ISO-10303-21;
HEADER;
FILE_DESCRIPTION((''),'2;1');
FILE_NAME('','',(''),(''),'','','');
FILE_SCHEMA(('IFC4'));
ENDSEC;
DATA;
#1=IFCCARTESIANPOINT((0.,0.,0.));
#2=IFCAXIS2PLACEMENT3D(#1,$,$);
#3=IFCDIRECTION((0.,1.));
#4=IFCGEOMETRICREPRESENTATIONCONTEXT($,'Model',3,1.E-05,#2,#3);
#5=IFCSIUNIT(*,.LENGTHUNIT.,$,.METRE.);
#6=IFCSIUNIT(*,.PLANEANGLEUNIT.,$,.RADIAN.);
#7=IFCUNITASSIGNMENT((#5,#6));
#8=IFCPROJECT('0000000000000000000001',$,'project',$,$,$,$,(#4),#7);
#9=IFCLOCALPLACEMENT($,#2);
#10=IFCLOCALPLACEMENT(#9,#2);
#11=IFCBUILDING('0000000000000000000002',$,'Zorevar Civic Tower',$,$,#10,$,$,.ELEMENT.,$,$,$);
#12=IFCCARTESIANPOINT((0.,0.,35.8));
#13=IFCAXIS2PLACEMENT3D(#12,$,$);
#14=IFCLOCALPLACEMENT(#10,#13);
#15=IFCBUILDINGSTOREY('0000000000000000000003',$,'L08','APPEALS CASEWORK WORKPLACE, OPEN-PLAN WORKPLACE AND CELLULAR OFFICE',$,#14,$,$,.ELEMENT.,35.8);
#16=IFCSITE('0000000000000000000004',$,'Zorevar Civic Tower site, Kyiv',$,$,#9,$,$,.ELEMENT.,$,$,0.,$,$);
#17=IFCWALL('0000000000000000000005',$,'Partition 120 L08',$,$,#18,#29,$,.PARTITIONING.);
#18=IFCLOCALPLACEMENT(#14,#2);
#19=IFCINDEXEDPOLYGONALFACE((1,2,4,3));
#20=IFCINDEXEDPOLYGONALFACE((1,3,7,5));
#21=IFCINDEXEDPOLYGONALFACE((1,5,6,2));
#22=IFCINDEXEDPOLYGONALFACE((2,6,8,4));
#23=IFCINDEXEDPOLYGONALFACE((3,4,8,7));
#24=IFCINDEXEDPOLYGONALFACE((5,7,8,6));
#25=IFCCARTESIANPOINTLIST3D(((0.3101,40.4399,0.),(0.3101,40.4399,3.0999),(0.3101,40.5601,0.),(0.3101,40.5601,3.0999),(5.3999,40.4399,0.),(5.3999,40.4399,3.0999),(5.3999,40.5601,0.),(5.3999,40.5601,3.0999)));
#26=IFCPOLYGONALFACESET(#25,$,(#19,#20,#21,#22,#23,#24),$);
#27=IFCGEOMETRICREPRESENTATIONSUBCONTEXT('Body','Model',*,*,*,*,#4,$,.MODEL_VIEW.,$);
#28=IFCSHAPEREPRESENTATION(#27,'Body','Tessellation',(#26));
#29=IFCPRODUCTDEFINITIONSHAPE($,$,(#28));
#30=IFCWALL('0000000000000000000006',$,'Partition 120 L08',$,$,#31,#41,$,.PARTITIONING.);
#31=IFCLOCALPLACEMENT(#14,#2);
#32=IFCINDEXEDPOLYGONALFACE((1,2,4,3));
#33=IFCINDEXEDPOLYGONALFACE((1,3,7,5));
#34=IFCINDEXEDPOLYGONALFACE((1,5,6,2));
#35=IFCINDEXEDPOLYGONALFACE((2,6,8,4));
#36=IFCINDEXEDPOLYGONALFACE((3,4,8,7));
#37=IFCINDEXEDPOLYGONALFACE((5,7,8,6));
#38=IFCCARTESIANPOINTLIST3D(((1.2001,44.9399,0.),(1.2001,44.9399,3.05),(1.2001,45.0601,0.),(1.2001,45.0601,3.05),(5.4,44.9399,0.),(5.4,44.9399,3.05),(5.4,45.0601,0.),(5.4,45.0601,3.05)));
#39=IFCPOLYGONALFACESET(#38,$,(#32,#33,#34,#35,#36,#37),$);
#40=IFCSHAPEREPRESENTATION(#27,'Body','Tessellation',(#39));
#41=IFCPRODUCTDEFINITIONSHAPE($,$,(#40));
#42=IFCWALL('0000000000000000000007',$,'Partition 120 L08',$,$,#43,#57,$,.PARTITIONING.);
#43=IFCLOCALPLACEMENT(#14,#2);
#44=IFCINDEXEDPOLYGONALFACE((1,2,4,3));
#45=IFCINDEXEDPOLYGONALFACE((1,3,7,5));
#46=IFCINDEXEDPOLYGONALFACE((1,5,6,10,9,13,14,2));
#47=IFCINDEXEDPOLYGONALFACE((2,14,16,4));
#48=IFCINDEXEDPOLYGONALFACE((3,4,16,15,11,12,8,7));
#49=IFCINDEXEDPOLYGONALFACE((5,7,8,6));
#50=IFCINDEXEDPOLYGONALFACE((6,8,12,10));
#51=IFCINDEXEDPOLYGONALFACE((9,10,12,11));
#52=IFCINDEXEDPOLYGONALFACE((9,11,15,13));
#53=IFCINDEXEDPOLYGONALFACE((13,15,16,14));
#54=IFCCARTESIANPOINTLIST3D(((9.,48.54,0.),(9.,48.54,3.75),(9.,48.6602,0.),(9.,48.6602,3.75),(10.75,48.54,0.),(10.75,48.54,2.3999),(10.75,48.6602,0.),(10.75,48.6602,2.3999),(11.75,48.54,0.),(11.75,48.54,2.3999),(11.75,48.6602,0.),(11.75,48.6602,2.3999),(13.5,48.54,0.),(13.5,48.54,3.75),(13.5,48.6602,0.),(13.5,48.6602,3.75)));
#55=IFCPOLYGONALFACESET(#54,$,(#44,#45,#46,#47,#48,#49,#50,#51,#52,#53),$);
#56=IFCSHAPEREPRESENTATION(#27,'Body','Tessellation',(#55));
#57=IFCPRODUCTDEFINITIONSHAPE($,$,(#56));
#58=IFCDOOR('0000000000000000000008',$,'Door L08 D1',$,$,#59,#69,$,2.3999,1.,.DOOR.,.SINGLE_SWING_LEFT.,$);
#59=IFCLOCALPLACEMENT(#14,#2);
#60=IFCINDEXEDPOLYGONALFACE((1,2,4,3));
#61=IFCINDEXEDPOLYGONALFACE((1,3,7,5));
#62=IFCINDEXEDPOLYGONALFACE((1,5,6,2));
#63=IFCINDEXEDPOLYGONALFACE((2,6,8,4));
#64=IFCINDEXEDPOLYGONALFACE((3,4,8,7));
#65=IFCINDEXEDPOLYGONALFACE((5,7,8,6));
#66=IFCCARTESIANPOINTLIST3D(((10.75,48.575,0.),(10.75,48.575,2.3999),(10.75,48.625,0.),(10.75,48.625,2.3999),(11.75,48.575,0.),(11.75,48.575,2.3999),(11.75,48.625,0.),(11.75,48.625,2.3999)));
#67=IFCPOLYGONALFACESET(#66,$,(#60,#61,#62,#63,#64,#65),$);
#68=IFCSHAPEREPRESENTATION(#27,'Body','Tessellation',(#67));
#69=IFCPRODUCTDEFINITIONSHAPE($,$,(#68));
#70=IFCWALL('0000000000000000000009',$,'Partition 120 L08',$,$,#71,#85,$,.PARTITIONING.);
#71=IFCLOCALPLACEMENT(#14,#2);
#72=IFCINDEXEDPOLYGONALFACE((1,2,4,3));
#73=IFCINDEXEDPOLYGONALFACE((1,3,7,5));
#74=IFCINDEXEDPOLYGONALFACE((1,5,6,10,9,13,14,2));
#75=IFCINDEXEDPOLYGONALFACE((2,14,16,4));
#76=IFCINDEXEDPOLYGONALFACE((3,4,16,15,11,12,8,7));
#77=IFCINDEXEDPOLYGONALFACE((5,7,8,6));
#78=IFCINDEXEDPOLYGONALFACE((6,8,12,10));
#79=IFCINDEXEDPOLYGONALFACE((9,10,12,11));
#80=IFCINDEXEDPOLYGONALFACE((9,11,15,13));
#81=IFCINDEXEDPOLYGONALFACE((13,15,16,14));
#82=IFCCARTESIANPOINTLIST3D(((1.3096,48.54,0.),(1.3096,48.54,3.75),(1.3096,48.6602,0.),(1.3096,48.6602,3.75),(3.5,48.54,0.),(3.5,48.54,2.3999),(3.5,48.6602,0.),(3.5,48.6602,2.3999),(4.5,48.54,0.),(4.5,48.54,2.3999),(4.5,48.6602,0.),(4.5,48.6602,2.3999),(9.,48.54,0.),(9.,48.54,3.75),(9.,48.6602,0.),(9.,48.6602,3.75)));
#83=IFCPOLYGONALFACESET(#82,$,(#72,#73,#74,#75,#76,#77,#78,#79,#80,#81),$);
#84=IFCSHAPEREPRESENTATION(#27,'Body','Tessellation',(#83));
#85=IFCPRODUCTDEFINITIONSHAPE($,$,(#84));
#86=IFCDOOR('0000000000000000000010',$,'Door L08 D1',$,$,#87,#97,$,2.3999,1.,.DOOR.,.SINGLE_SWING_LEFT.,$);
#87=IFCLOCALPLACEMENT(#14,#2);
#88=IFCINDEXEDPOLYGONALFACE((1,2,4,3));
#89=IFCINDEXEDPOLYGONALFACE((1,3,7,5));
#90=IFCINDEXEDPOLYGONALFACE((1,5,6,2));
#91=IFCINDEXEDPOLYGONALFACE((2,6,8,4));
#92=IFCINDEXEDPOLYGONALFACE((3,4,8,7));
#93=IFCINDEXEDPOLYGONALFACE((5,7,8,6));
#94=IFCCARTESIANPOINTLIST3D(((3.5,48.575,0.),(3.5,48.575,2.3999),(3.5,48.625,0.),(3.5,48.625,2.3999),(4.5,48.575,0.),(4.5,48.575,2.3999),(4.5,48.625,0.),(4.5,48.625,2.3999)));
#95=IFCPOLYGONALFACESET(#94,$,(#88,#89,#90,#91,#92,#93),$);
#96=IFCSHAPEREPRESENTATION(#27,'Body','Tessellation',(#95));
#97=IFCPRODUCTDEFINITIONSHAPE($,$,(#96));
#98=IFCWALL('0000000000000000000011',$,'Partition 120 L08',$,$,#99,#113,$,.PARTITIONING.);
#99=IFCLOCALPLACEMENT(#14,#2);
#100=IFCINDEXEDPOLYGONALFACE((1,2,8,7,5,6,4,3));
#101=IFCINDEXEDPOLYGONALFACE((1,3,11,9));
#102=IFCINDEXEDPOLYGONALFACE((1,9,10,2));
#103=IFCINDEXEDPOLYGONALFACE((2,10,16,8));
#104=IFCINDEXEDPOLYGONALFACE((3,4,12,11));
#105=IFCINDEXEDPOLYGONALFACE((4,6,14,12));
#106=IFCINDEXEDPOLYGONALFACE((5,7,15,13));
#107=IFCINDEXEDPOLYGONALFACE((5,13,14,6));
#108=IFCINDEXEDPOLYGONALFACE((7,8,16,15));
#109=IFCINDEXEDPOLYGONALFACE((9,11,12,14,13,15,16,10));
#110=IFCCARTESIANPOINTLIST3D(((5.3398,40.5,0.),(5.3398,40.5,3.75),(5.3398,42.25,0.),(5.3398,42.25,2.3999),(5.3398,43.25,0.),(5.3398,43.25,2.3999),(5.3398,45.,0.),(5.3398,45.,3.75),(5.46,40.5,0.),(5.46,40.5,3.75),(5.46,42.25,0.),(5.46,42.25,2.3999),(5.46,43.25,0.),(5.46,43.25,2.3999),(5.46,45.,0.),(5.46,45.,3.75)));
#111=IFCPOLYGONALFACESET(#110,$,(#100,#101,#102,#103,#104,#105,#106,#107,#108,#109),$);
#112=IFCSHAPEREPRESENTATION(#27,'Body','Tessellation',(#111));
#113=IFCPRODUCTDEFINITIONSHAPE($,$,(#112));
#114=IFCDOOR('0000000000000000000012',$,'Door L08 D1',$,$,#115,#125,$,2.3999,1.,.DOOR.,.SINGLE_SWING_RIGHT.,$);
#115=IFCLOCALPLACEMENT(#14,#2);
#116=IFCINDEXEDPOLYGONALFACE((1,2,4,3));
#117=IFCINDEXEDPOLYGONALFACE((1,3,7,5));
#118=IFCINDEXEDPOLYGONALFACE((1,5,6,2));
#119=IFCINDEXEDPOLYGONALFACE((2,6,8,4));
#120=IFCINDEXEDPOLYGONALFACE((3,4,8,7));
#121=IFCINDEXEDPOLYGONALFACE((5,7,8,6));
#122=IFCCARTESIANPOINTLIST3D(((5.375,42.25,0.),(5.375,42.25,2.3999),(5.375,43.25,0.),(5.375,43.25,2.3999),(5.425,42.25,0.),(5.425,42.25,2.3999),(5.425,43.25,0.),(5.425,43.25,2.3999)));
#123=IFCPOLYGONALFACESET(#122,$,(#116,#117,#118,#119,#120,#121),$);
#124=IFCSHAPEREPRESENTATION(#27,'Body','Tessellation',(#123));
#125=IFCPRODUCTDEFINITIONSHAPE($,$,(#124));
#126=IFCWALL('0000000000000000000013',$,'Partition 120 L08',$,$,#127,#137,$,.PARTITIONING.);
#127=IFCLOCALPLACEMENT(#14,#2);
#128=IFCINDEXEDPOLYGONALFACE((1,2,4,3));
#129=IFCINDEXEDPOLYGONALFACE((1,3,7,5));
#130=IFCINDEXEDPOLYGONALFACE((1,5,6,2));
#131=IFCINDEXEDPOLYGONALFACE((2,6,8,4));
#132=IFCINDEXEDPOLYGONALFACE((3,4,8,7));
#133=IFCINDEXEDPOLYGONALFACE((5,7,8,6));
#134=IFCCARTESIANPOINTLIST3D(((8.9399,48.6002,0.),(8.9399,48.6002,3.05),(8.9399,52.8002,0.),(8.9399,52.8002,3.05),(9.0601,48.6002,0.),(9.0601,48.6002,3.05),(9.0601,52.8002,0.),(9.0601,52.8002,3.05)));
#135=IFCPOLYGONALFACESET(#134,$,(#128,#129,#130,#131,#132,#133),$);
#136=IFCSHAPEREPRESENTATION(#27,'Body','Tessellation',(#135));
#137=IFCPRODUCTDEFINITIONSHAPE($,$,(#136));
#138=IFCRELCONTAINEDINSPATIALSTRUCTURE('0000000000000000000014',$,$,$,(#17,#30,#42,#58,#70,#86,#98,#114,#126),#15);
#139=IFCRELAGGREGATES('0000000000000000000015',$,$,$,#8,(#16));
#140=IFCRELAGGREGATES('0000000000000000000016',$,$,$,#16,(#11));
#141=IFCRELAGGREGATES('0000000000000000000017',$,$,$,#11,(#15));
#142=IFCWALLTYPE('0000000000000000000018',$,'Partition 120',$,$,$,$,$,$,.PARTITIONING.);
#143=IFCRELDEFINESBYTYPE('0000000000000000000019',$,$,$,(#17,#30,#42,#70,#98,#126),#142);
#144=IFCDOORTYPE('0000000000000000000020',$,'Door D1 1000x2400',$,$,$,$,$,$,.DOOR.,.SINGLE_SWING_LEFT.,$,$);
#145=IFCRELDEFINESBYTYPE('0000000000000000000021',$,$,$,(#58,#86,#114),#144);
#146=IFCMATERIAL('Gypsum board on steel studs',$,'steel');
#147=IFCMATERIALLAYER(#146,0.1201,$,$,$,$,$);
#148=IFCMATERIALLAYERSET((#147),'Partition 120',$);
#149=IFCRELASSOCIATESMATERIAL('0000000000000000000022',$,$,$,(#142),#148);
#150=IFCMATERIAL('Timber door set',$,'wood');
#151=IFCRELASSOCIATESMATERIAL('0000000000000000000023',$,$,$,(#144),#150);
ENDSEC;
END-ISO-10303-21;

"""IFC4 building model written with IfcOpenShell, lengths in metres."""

from ifc_helpers import new_model, si_unit, direction, frame, frame_2d, origin, place, context, subcontext, project, spatial, rectangle, extrude, material, layer, layer_set, type_object, element, fill, save


model = new_model("IFC4")

# Units and contexts
model_context = context("Model", 3, precision=1e-05, world=origin(), true_north=direction((0.0, 1.0)))
body_context = subcontext(model_context, "Body", "Model", "MODEL_VIEW")
ifc_project = project(units=[si_unit("LENGTHUNIT", "METRE"), si_unit("PLANEANGLEUNIT", "RADIAN")], contexts=[model_context])

# Site, building, storey
site_placement = place(None, origin())
site = spatial("IfcSite", under=ifc_project, at=site_placement, Name="Zorevar Civic Tower site, Kyiv", CompositionType="ELEMENT", RefElevation=0.0)
building_placement = place(site_placement, origin())
building = spatial("IfcBuilding", under=site, at=building_placement, Name="Zorevar Civic Tower", CompositionType="ELEMENT")
storey_placement = place(building_placement, frame((0.0, 0.0, 35.8)))
storey = spatial("IfcBuildingStorey", under=building, at=storey_placement, Name="L08", Description="APPEALS CASEWORK WORKPLACE, OPEN-PLAN WORKPLACE AND CELLULAR OFFICE", CompositionType="ELEMENT", Elevation=35.8)

# Walls
ifc_material_1 = material(Name="Gypsum board on steel studs", Category="steel")
ifc_layer_1 = layer(ifc_material_1, 0.1201)
ifc_layer_set_1 = layer_set([ifc_layer_1], Name="Partition 120")
wall_type = type_object("IfcWallType", Name="Partition 120", PredefinedType="PARTITIONING", material=ifc_layer_set_1)
wall_1_placement = place(storey_placement, frame((0.3101, 40.5, 0.0), z_axis=(0.0, 0.0, 1.0), x_axis=(1.0, 0.0, 0.0)))
element("IfcWall", 1, at=wall_1_placement, inside=storey, type_object=wall_type, Name="Partition 120 L08", PredefinedType="PARTITIONING", context=body_context, shape_type="SweptSolid", body=[
    extrude(rectangle(XDim=5.0898, YDim=0.1201, at=frame_2d((2.5449, 0.0))), origin(), (0.0, 0.0, 1.0), 3.0999),
])
wall_2_placement = place(storey_placement, frame((1.2, 45.0, 0.0), z_axis=(0.0, 0.0, 1.0), x_axis=(1.0, 0.0, 0.0)))
element("IfcWall", 2, at=wall_2_placement, inside=storey, type_object=wall_type, Name="Partition 120 L08", PredefinedType="PARTITIONING", context=body_context, shape_type="SweptSolid", body=[
    extrude(rectangle(XDim=4.2, YDim=0.1201, at=frame_2d((2.1001, 0.0))), origin(), (0.0, 0.0, 1.0), 3.05),
])

# Walls, openings, doors
wall_3_placement = place(storey_placement, frame((9.0, 48.6001, 0.0), z_axis=(0.0, 0.0, 1.0), x_axis=(1.0, 0.0, 0.0)))
wall_3 = element("IfcWall", 3, at=wall_3_placement, inside=storey, type_object=wall_type, Name="Partition 120 L08", PredefinedType="PARTITIONING", context=body_context, shape_type="SweptSolid", body=[
    extrude(rectangle(XDim=4.5, YDim=0.1201, at=frame_2d((2.25, 0.0))), origin(), (0.0, 0.0, 1.0), 3.75),
])
opening_1_placement = place(wall_3_placement, frame((1.75, 0.0, 0.0)))
opening_1 = element("IfcOpeningElement", 4, at=opening_1_placement, cuts=wall_3, PredefinedType="OPENING", context=body_context, shape_type="SweptSolid", body=[
    extrude(rectangle(XDim=1.0, YDim=2.3999, at=frame_2d((0.5, 1.2))), frame((0.0, 0.0701, 0.0), z_axis=(0.0, -1.0, 0.0), x_axis=(1.0, 0.0, 0.0)), (0.0, 0.0, 1.0), 0.1401),
])
ifc_material_2 = material(Name="Timber door set", Category="wood")
door_type = type_object("IfcDoorType", Name="Door D1 1000x2400", OperationType="SINGLE_SWING_LEFT", PredefinedType="DOOR", material=ifc_material_2)
door_1_placement = place(opening_1_placement, origin())
door_1 = element("IfcDoor", 5, at=door_1_placement, inside=storey, type_object=door_type, Name="Door L08 D1", OperationType="SINGLE_SWING_LEFT", OverallHeight=2.3999, OverallWidth=1.0, PredefinedType="DOOR", context=body_context, shape_type="SweptSolid", body=[
    extrude(rectangle(XDim=1.0, YDim=2.3999, at=frame_2d((0.5, 1.2))), frame((0.0, 0.0249, 0.0), z_axis=(0.0, -1.0, 0.0), x_axis=(1.0, 0.0, 0.0)), (0.0, 0.0, 1.0), 0.05),
])
fill(opening_1, door_1)
wall_4_placement = place(storey_placement, frame((1.3096, 48.6001, 0.0), z_axis=(0.0, 0.0, 1.0), x_axis=(1.0, 0.0, 0.0)))
wall_4 = element("IfcWall", 6, at=wall_4_placement, inside=storey, type_object=wall_type, Name="Partition 120 L08", PredefinedType="PARTITIONING", context=body_context, shape_type="SweptSolid", body=[
    extrude(rectangle(XDim=7.6904, YDim=0.1201, at=frame_2d((3.8452, 0.0))), origin(), (0.0, 0.0, 1.0), 3.75),
])
opening_2_placement = place(wall_4_placement, frame((2.1904, 0.0, 0.0)))
opening_2 = element("IfcOpeningElement", 7, at=opening_2_placement, cuts=wall_4, PredefinedType="OPENING", context=body_context, shape_type="SweptSolid", body=[
    extrude(rectangle(XDim=1.0, YDim=2.3999, at=frame_2d((0.5, 1.2))), frame((0.0, 0.0701, 0.0), z_axis=(0.0, -1.0, 0.0), x_axis=(1.0, 0.0, 0.0)), (0.0, 0.0, 1.0), 0.1401),
])
door_2_placement = place(opening_2_placement, origin())
door_2 = element("IfcDoor", 8, at=door_2_placement, inside=storey, type_object=door_type, Name="Door L08 D1", OperationType="SINGLE_SWING_LEFT", OverallHeight=2.3999, OverallWidth=1.0, PredefinedType="DOOR", context=body_context, shape_type="SweptSolid", body=[
    extrude(rectangle(XDim=1.0, YDim=2.3999, at=frame_2d((0.5, 1.2))), frame((0.0, 0.0249, 0.0), z_axis=(0.0, -1.0, 0.0), x_axis=(1.0, 0.0, 0.0)), (0.0, 0.0, 1.0), 0.05),
])
fill(opening_2, door_2)
wall_5_placement = place(storey_placement, frame((5.3999, 40.5, 0.0), z_axis=(0.0, 0.0, 1.0), x_axis=(0.0, 1.0, 0.0)))
wall_5 = element("IfcWall", 9, at=wall_5_placement, inside=storey, type_object=wall_type, Name="Partition 120 L08", PredefinedType="PARTITIONING", context=body_context, shape_type="SweptSolid", body=[
    extrude(rectangle(XDim=4.5, YDim=0.1201, at=frame_2d((2.25, 0.0))), origin(), (0.0, 0.0, 1.0), 3.75),
])
opening_3_placement = place(wall_5_placement, frame((1.75, 0.0, 0.0)))
opening_3 = element("IfcOpeningElement", 10, at=opening_3_placement, cuts=wall_5, PredefinedType="OPENING", context=body_context, shape_type="SweptSolid", body=[
    extrude(rectangle(XDim=1.0, YDim=2.3999, at=frame_2d((0.5, 1.2))), frame((0.0, 0.0701, 0.0), z_axis=(0.0, -1.0, 0.0), x_axis=(1.0, 0.0, 0.0)), (0.0, 0.0, 1.0), 0.1401),
])
door_3_placement = place(opening_3_placement, origin())
door_3 = element("IfcDoor", 11, at=door_3_placement, inside=storey, type_object=door_type, Name="Door L08 D1", OperationType="SINGLE_SWING_RIGHT", OverallHeight=2.3999, OverallWidth=1.0, PredefinedType="DOOR", context=body_context, shape_type="SweptSolid", body=[
    extrude(rectangle(XDim=1.0, YDim=2.3999, at=frame_2d((0.5, 1.2))), frame((0.0, 0.0249, 0.0), z_axis=(0.0, -1.0, 0.0), x_axis=(1.0, 0.0, 0.0)), (0.0, 0.0, 1.0), 0.05),
])
fill(opening_3, door_3)

# Wall
wall_6_placement = place(storey_placement, frame((9.0, 48.6001, 0.0), z_axis=(0.0, 0.0, 1.0), x_axis=(0.0, 1.0, 0.0)))
element("IfcWall", 12, at=wall_6_placement, inside=storey, type_object=wall_type, Name="Partition 120 L08", PredefinedType="PARTITIONING", context=body_context, shape_type="SweptSolid", body=[
    extrude(rectangle(XDim=4.2, YDim=0.1201, at=frame_2d((2.1001, 0.0))), origin(), (0.0, 0.0, 1.0), 3.05),
])

save(model, "model.ifc")
